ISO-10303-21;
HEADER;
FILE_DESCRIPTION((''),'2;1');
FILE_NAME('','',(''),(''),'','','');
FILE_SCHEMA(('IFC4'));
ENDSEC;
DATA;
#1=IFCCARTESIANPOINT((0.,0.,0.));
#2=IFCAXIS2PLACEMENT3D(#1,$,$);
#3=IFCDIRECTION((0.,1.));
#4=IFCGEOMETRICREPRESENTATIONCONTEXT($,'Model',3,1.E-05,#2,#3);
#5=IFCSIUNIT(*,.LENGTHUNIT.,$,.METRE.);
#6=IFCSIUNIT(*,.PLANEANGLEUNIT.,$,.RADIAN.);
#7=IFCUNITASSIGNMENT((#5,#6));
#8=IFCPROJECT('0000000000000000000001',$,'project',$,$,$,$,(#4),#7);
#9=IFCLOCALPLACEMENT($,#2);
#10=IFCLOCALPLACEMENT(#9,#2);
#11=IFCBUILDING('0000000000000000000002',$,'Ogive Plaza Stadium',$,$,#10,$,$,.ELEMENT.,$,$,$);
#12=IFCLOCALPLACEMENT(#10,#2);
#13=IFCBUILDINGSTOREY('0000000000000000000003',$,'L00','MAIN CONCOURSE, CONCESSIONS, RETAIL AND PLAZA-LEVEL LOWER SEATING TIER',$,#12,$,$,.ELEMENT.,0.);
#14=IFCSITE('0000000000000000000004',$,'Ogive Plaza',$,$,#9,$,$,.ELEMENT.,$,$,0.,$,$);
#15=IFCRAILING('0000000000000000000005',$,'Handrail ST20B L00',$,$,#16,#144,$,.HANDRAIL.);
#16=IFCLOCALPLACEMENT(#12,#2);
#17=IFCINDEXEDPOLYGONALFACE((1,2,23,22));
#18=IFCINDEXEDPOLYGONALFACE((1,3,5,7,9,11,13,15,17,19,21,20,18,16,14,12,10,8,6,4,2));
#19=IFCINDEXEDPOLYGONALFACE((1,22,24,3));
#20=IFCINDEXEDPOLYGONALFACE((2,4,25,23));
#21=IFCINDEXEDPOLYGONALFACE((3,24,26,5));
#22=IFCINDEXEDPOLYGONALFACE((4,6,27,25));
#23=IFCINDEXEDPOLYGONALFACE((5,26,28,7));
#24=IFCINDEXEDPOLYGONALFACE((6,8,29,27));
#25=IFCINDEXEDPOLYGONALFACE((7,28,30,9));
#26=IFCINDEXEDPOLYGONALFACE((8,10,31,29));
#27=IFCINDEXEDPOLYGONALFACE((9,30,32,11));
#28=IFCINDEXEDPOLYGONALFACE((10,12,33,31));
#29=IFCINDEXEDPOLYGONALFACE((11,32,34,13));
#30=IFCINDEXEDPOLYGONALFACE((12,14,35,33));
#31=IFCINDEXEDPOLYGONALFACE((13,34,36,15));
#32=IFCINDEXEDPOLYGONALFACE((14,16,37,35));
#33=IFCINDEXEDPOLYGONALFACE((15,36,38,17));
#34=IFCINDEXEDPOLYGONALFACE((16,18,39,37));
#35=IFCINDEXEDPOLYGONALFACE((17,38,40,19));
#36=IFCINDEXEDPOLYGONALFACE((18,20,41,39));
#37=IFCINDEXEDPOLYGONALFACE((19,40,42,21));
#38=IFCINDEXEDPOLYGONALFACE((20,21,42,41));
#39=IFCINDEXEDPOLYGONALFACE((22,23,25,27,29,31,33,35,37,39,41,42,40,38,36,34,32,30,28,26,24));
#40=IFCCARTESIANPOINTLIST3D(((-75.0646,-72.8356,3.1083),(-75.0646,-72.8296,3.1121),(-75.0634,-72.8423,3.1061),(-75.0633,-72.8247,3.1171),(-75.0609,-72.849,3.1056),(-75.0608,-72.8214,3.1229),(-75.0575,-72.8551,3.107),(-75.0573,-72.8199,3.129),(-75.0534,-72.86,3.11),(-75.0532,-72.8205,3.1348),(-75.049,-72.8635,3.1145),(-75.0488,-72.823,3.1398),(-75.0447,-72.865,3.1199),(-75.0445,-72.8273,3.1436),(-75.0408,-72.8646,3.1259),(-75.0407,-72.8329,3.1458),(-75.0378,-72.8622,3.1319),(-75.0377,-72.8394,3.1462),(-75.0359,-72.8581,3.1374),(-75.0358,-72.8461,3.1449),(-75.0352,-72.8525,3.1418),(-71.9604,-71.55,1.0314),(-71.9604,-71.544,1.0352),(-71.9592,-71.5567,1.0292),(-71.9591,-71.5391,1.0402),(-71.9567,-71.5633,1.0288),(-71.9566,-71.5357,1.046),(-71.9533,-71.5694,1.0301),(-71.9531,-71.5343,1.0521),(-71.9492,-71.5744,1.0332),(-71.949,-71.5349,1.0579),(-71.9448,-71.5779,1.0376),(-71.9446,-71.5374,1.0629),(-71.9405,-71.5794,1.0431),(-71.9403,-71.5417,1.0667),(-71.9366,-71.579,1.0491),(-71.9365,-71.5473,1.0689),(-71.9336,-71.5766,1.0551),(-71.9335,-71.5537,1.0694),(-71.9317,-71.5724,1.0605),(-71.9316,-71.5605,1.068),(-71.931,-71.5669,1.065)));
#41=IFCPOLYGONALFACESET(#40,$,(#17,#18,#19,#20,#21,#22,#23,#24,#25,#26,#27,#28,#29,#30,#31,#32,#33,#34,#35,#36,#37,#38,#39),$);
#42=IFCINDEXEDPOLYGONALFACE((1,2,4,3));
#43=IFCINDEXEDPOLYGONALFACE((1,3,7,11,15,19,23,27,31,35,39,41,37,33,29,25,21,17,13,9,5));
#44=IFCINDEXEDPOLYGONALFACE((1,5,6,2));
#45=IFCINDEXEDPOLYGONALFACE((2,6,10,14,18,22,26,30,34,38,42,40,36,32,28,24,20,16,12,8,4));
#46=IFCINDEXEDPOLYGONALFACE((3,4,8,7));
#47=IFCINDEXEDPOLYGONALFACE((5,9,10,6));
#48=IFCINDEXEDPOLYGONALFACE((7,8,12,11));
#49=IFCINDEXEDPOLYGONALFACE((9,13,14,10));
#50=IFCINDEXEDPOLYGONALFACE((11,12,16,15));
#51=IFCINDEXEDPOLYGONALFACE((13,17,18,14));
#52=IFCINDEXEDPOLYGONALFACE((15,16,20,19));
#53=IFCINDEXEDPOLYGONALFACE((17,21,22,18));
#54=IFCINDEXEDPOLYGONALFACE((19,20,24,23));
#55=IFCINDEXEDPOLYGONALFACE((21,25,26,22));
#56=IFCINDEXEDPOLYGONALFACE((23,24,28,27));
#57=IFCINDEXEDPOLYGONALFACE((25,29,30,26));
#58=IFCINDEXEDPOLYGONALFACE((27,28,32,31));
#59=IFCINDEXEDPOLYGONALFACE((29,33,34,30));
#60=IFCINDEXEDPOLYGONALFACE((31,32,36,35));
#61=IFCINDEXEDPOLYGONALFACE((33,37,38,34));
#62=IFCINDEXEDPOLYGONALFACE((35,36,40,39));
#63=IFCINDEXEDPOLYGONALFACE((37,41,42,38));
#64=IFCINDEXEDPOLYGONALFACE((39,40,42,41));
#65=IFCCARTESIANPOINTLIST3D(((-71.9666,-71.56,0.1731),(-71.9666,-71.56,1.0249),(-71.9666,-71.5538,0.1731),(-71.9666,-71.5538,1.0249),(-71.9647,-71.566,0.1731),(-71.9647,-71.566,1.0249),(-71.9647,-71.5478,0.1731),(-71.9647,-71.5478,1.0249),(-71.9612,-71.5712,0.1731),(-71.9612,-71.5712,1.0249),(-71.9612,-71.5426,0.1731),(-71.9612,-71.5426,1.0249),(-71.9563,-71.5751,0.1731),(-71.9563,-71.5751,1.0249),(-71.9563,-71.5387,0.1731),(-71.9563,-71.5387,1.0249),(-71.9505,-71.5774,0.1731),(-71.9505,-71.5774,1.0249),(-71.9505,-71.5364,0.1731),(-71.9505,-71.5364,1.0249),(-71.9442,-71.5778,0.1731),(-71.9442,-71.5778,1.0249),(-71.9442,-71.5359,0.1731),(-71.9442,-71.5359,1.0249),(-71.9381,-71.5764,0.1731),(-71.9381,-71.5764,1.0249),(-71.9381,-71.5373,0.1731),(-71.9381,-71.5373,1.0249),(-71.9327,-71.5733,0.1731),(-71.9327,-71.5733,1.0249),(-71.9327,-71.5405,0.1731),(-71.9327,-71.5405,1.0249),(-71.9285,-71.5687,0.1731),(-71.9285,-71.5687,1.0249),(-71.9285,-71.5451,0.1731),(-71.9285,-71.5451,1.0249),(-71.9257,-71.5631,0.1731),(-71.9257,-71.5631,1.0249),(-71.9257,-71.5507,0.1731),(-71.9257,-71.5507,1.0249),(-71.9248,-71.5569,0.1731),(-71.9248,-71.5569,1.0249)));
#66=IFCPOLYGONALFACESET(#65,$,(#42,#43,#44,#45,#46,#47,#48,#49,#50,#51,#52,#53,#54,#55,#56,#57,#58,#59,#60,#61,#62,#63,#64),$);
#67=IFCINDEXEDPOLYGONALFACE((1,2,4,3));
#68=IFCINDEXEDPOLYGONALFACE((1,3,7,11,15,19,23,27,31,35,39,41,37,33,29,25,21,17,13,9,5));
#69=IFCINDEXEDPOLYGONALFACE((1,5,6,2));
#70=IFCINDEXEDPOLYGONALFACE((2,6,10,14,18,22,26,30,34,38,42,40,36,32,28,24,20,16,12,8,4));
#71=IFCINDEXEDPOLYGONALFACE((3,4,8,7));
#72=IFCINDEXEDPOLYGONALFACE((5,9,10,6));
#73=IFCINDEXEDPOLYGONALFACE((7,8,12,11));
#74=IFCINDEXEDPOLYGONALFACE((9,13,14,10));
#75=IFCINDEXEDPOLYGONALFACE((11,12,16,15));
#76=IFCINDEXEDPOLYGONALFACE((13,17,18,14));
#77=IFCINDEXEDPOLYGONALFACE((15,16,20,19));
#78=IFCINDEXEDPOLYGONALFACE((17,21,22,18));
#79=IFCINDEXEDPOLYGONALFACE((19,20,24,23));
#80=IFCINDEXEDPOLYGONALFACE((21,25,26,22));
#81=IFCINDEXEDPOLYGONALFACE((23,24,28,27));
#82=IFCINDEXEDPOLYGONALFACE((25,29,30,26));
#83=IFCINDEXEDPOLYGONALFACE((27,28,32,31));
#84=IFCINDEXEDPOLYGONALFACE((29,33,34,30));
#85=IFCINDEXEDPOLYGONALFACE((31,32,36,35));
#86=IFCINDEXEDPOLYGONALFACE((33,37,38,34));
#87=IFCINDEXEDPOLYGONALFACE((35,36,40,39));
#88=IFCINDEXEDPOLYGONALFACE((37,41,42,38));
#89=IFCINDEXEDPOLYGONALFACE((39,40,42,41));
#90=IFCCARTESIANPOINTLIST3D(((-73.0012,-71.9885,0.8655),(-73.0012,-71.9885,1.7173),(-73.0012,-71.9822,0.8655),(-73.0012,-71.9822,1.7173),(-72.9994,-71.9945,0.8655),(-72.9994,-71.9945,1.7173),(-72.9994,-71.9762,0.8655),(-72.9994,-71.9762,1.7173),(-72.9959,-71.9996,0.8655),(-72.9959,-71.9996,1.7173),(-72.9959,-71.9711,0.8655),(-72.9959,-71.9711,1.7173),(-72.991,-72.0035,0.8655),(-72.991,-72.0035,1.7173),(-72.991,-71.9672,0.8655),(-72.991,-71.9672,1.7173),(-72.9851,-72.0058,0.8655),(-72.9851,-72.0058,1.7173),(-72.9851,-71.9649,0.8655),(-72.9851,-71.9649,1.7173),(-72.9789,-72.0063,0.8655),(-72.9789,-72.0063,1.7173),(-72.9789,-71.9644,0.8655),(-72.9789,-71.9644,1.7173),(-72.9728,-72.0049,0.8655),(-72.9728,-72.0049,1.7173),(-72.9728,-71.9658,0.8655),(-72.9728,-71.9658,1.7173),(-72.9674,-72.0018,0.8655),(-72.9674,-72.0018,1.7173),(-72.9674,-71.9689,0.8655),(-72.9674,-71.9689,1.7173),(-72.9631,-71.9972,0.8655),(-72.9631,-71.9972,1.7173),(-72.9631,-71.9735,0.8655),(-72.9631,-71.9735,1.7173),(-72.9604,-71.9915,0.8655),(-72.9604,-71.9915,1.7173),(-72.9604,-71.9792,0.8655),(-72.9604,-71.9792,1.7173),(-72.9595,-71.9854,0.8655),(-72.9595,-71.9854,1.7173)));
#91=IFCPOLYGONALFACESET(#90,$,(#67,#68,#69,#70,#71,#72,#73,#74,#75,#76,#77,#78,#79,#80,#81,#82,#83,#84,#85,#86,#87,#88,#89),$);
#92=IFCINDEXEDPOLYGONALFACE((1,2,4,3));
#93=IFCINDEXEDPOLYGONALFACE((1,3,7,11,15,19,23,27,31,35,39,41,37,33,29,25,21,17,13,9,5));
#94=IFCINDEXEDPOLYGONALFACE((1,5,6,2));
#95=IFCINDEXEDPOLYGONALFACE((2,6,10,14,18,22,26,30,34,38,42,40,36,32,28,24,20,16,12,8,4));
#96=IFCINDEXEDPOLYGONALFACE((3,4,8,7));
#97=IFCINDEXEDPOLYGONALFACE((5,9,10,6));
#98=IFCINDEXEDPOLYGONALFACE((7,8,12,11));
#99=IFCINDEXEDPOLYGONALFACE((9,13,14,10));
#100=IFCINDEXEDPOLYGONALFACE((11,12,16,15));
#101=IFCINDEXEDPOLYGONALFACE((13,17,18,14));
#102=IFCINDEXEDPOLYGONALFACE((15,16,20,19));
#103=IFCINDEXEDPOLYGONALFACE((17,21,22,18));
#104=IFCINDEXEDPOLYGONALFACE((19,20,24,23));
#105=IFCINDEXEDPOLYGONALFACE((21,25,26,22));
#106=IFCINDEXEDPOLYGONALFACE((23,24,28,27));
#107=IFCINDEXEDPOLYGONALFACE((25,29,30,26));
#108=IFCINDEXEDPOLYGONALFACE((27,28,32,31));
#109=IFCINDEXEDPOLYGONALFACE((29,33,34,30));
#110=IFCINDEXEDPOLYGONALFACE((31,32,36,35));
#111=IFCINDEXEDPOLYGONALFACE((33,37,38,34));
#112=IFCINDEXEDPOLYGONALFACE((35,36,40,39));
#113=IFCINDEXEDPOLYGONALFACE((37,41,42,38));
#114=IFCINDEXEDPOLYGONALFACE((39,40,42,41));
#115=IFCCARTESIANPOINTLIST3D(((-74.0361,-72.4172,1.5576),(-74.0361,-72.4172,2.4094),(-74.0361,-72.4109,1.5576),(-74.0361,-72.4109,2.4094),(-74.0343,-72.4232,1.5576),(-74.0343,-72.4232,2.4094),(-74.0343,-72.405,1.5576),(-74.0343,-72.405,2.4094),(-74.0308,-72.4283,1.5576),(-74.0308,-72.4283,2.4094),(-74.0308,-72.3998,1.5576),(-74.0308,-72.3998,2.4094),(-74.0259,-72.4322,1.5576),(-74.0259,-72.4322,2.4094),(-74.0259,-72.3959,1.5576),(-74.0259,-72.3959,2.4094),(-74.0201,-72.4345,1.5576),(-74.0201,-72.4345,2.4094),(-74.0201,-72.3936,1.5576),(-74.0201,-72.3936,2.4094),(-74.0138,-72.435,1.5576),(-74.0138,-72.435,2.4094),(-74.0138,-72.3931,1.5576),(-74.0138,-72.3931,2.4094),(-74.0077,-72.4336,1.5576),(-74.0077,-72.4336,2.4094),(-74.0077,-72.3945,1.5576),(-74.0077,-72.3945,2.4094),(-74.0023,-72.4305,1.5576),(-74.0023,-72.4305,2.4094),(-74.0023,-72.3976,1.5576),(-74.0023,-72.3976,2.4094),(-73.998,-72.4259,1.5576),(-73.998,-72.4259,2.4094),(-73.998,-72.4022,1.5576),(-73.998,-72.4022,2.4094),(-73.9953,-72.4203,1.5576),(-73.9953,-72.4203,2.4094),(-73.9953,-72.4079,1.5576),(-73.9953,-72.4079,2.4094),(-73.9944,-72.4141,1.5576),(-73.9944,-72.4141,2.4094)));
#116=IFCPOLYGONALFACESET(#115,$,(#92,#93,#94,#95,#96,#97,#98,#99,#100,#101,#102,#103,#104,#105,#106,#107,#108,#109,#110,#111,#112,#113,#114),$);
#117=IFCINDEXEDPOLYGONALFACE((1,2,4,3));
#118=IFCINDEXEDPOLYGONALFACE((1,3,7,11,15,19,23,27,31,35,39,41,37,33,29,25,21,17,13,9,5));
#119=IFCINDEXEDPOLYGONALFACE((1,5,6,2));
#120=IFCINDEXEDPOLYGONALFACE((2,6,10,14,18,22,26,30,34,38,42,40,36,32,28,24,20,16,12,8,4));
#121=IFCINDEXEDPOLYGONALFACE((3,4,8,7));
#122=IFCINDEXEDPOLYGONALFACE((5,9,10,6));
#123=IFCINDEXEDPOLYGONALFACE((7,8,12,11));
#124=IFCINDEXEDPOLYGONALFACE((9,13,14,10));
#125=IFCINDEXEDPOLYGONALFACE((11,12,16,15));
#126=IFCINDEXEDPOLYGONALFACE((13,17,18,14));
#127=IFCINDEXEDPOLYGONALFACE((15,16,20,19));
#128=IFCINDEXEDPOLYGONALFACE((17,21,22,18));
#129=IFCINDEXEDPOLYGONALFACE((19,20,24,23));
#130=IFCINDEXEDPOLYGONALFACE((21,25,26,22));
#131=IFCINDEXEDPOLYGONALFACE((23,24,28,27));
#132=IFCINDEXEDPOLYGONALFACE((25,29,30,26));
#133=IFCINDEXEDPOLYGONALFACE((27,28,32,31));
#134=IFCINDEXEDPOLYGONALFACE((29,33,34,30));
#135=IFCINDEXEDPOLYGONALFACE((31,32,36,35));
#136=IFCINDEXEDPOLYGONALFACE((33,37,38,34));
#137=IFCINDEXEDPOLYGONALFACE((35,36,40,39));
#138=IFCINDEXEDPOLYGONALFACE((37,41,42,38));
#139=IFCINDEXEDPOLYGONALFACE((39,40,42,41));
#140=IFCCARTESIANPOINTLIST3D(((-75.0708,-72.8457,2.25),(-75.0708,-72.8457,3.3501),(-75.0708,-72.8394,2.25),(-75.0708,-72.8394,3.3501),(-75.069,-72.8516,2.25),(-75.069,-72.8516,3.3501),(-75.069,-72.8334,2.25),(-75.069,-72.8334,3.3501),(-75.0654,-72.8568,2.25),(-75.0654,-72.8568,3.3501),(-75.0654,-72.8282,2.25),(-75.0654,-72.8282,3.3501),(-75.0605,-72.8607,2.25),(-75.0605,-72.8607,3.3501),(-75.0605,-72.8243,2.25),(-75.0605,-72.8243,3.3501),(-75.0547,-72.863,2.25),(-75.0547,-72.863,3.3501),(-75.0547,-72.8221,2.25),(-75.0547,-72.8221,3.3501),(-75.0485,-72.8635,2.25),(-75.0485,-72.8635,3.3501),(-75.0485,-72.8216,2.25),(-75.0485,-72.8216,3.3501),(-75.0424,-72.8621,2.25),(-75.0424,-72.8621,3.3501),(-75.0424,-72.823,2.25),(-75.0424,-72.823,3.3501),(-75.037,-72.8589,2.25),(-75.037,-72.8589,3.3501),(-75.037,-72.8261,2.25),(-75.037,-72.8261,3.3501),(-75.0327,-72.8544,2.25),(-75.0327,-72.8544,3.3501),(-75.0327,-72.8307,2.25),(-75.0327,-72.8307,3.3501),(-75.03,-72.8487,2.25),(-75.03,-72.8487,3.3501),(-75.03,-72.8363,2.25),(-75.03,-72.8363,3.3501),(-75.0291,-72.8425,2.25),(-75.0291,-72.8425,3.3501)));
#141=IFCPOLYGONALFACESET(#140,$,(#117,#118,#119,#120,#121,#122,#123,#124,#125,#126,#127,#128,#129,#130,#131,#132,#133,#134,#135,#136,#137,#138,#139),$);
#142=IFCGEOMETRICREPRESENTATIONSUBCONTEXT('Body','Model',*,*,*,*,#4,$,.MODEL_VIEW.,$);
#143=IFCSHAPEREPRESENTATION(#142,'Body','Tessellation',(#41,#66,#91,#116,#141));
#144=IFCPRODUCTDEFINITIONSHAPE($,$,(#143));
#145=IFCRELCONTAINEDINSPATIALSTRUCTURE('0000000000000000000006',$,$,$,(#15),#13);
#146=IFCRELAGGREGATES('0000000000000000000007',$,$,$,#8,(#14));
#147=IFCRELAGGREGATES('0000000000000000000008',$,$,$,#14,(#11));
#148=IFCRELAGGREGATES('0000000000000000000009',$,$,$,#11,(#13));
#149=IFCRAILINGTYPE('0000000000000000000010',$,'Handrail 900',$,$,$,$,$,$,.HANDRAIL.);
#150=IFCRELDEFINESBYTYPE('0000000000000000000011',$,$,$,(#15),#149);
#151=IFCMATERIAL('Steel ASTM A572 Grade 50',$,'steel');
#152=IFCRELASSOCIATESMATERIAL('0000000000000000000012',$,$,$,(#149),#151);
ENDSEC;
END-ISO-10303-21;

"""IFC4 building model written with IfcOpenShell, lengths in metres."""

from ifc_helpers import new_model, si_unit, direction, frame, origin, origin_2d, place, context, subcontext, project, spatial, circle, extrude, material, type_object, element, save


model = new_model("IFC4")

# Units and contexts
model_context = context("Model", 3, precision=1e-05, world=origin(), true_north=direction((0.0, 1.0)))
body_context = subcontext(model_context, "Body", "Model", "MODEL_VIEW")
ifc_project = project(units=[si_unit("LENGTHUNIT", "METRE"), si_unit("PLANEANGLEUNIT", "RADIAN")], contexts=[model_context])

# Site, building, storey
site_placement = place(None, origin())
site = spatial("IfcSite", under=ifc_project, at=site_placement, Name="Ogive Plaza", CompositionType="ELEMENT", RefElevation=0.0)
building_placement = place(site_placement, origin())
building = spatial("IfcBuilding", under=site, at=building_placement, Name="Ogive Plaza Stadium", CompositionType="ELEMENT")
storey_placement = place(building_placement, origin())
storey = spatial("IfcBuildingStorey", under=building, at=storey_placement, Name="L00", Description="MAIN CONCOURSE, CONCESSIONS, RETAIL AND PLAZA-LEVEL LOWER SEATING TIER", CompositionType="ELEMENT", Elevation=0.0)

# Railing
ifc_material_1 = material(Name="Steel ASTM A572 Grade 50", Category="steel")
railing_type_1 = type_object("IfcRailingType", Name="Handrail 900", PredefinedType="HANDRAIL", material=ifc_material_1)
railing_1_placement = place(storey_placement, frame((-71.9458, -71.5569, 0.1731)))
element("IfcRailing", 1, at=railing_1_placement, inside=storey, type_object=railing_type_1, Name="Handrail ST20B L00", PredefinedType="HANDRAIL", context=body_context, shape_type="SweptSolid", body=[
    extrude(circle(Radius=0.0239, at=origin_2d()), frame((0.0, 0.0, 0.876), z_axis=(-0.785879, -0.325477, 0.525794), x_axis=(0.382638, -0.923898, 0.0)), (0.0, 0.0, 1.0), 3.95),
    extrude(circle(Radius=0.021, at=origin_2d()), origin(), (0.0, 0.0, 1.0), 0.8518),
    extrude(circle(Radius=0.021, at=origin_2d()), frame((-1.0347, -0.4285, 0.6924)), (0.0, 0.0, 1.0), 0.8518),
    extrude(circle(Radius=0.021, at=origin_2d()), frame((-2.0696, -0.8572, 1.3845)), (0.0, 0.0, 1.0), 0.8518),
    extrude(circle(Radius=0.021, at=origin_2d()), frame((-3.1042, -1.2856, 2.0769)), (0.0, 0.0, 1.0), 1.1001),
])

save(model, "model.ifc")
